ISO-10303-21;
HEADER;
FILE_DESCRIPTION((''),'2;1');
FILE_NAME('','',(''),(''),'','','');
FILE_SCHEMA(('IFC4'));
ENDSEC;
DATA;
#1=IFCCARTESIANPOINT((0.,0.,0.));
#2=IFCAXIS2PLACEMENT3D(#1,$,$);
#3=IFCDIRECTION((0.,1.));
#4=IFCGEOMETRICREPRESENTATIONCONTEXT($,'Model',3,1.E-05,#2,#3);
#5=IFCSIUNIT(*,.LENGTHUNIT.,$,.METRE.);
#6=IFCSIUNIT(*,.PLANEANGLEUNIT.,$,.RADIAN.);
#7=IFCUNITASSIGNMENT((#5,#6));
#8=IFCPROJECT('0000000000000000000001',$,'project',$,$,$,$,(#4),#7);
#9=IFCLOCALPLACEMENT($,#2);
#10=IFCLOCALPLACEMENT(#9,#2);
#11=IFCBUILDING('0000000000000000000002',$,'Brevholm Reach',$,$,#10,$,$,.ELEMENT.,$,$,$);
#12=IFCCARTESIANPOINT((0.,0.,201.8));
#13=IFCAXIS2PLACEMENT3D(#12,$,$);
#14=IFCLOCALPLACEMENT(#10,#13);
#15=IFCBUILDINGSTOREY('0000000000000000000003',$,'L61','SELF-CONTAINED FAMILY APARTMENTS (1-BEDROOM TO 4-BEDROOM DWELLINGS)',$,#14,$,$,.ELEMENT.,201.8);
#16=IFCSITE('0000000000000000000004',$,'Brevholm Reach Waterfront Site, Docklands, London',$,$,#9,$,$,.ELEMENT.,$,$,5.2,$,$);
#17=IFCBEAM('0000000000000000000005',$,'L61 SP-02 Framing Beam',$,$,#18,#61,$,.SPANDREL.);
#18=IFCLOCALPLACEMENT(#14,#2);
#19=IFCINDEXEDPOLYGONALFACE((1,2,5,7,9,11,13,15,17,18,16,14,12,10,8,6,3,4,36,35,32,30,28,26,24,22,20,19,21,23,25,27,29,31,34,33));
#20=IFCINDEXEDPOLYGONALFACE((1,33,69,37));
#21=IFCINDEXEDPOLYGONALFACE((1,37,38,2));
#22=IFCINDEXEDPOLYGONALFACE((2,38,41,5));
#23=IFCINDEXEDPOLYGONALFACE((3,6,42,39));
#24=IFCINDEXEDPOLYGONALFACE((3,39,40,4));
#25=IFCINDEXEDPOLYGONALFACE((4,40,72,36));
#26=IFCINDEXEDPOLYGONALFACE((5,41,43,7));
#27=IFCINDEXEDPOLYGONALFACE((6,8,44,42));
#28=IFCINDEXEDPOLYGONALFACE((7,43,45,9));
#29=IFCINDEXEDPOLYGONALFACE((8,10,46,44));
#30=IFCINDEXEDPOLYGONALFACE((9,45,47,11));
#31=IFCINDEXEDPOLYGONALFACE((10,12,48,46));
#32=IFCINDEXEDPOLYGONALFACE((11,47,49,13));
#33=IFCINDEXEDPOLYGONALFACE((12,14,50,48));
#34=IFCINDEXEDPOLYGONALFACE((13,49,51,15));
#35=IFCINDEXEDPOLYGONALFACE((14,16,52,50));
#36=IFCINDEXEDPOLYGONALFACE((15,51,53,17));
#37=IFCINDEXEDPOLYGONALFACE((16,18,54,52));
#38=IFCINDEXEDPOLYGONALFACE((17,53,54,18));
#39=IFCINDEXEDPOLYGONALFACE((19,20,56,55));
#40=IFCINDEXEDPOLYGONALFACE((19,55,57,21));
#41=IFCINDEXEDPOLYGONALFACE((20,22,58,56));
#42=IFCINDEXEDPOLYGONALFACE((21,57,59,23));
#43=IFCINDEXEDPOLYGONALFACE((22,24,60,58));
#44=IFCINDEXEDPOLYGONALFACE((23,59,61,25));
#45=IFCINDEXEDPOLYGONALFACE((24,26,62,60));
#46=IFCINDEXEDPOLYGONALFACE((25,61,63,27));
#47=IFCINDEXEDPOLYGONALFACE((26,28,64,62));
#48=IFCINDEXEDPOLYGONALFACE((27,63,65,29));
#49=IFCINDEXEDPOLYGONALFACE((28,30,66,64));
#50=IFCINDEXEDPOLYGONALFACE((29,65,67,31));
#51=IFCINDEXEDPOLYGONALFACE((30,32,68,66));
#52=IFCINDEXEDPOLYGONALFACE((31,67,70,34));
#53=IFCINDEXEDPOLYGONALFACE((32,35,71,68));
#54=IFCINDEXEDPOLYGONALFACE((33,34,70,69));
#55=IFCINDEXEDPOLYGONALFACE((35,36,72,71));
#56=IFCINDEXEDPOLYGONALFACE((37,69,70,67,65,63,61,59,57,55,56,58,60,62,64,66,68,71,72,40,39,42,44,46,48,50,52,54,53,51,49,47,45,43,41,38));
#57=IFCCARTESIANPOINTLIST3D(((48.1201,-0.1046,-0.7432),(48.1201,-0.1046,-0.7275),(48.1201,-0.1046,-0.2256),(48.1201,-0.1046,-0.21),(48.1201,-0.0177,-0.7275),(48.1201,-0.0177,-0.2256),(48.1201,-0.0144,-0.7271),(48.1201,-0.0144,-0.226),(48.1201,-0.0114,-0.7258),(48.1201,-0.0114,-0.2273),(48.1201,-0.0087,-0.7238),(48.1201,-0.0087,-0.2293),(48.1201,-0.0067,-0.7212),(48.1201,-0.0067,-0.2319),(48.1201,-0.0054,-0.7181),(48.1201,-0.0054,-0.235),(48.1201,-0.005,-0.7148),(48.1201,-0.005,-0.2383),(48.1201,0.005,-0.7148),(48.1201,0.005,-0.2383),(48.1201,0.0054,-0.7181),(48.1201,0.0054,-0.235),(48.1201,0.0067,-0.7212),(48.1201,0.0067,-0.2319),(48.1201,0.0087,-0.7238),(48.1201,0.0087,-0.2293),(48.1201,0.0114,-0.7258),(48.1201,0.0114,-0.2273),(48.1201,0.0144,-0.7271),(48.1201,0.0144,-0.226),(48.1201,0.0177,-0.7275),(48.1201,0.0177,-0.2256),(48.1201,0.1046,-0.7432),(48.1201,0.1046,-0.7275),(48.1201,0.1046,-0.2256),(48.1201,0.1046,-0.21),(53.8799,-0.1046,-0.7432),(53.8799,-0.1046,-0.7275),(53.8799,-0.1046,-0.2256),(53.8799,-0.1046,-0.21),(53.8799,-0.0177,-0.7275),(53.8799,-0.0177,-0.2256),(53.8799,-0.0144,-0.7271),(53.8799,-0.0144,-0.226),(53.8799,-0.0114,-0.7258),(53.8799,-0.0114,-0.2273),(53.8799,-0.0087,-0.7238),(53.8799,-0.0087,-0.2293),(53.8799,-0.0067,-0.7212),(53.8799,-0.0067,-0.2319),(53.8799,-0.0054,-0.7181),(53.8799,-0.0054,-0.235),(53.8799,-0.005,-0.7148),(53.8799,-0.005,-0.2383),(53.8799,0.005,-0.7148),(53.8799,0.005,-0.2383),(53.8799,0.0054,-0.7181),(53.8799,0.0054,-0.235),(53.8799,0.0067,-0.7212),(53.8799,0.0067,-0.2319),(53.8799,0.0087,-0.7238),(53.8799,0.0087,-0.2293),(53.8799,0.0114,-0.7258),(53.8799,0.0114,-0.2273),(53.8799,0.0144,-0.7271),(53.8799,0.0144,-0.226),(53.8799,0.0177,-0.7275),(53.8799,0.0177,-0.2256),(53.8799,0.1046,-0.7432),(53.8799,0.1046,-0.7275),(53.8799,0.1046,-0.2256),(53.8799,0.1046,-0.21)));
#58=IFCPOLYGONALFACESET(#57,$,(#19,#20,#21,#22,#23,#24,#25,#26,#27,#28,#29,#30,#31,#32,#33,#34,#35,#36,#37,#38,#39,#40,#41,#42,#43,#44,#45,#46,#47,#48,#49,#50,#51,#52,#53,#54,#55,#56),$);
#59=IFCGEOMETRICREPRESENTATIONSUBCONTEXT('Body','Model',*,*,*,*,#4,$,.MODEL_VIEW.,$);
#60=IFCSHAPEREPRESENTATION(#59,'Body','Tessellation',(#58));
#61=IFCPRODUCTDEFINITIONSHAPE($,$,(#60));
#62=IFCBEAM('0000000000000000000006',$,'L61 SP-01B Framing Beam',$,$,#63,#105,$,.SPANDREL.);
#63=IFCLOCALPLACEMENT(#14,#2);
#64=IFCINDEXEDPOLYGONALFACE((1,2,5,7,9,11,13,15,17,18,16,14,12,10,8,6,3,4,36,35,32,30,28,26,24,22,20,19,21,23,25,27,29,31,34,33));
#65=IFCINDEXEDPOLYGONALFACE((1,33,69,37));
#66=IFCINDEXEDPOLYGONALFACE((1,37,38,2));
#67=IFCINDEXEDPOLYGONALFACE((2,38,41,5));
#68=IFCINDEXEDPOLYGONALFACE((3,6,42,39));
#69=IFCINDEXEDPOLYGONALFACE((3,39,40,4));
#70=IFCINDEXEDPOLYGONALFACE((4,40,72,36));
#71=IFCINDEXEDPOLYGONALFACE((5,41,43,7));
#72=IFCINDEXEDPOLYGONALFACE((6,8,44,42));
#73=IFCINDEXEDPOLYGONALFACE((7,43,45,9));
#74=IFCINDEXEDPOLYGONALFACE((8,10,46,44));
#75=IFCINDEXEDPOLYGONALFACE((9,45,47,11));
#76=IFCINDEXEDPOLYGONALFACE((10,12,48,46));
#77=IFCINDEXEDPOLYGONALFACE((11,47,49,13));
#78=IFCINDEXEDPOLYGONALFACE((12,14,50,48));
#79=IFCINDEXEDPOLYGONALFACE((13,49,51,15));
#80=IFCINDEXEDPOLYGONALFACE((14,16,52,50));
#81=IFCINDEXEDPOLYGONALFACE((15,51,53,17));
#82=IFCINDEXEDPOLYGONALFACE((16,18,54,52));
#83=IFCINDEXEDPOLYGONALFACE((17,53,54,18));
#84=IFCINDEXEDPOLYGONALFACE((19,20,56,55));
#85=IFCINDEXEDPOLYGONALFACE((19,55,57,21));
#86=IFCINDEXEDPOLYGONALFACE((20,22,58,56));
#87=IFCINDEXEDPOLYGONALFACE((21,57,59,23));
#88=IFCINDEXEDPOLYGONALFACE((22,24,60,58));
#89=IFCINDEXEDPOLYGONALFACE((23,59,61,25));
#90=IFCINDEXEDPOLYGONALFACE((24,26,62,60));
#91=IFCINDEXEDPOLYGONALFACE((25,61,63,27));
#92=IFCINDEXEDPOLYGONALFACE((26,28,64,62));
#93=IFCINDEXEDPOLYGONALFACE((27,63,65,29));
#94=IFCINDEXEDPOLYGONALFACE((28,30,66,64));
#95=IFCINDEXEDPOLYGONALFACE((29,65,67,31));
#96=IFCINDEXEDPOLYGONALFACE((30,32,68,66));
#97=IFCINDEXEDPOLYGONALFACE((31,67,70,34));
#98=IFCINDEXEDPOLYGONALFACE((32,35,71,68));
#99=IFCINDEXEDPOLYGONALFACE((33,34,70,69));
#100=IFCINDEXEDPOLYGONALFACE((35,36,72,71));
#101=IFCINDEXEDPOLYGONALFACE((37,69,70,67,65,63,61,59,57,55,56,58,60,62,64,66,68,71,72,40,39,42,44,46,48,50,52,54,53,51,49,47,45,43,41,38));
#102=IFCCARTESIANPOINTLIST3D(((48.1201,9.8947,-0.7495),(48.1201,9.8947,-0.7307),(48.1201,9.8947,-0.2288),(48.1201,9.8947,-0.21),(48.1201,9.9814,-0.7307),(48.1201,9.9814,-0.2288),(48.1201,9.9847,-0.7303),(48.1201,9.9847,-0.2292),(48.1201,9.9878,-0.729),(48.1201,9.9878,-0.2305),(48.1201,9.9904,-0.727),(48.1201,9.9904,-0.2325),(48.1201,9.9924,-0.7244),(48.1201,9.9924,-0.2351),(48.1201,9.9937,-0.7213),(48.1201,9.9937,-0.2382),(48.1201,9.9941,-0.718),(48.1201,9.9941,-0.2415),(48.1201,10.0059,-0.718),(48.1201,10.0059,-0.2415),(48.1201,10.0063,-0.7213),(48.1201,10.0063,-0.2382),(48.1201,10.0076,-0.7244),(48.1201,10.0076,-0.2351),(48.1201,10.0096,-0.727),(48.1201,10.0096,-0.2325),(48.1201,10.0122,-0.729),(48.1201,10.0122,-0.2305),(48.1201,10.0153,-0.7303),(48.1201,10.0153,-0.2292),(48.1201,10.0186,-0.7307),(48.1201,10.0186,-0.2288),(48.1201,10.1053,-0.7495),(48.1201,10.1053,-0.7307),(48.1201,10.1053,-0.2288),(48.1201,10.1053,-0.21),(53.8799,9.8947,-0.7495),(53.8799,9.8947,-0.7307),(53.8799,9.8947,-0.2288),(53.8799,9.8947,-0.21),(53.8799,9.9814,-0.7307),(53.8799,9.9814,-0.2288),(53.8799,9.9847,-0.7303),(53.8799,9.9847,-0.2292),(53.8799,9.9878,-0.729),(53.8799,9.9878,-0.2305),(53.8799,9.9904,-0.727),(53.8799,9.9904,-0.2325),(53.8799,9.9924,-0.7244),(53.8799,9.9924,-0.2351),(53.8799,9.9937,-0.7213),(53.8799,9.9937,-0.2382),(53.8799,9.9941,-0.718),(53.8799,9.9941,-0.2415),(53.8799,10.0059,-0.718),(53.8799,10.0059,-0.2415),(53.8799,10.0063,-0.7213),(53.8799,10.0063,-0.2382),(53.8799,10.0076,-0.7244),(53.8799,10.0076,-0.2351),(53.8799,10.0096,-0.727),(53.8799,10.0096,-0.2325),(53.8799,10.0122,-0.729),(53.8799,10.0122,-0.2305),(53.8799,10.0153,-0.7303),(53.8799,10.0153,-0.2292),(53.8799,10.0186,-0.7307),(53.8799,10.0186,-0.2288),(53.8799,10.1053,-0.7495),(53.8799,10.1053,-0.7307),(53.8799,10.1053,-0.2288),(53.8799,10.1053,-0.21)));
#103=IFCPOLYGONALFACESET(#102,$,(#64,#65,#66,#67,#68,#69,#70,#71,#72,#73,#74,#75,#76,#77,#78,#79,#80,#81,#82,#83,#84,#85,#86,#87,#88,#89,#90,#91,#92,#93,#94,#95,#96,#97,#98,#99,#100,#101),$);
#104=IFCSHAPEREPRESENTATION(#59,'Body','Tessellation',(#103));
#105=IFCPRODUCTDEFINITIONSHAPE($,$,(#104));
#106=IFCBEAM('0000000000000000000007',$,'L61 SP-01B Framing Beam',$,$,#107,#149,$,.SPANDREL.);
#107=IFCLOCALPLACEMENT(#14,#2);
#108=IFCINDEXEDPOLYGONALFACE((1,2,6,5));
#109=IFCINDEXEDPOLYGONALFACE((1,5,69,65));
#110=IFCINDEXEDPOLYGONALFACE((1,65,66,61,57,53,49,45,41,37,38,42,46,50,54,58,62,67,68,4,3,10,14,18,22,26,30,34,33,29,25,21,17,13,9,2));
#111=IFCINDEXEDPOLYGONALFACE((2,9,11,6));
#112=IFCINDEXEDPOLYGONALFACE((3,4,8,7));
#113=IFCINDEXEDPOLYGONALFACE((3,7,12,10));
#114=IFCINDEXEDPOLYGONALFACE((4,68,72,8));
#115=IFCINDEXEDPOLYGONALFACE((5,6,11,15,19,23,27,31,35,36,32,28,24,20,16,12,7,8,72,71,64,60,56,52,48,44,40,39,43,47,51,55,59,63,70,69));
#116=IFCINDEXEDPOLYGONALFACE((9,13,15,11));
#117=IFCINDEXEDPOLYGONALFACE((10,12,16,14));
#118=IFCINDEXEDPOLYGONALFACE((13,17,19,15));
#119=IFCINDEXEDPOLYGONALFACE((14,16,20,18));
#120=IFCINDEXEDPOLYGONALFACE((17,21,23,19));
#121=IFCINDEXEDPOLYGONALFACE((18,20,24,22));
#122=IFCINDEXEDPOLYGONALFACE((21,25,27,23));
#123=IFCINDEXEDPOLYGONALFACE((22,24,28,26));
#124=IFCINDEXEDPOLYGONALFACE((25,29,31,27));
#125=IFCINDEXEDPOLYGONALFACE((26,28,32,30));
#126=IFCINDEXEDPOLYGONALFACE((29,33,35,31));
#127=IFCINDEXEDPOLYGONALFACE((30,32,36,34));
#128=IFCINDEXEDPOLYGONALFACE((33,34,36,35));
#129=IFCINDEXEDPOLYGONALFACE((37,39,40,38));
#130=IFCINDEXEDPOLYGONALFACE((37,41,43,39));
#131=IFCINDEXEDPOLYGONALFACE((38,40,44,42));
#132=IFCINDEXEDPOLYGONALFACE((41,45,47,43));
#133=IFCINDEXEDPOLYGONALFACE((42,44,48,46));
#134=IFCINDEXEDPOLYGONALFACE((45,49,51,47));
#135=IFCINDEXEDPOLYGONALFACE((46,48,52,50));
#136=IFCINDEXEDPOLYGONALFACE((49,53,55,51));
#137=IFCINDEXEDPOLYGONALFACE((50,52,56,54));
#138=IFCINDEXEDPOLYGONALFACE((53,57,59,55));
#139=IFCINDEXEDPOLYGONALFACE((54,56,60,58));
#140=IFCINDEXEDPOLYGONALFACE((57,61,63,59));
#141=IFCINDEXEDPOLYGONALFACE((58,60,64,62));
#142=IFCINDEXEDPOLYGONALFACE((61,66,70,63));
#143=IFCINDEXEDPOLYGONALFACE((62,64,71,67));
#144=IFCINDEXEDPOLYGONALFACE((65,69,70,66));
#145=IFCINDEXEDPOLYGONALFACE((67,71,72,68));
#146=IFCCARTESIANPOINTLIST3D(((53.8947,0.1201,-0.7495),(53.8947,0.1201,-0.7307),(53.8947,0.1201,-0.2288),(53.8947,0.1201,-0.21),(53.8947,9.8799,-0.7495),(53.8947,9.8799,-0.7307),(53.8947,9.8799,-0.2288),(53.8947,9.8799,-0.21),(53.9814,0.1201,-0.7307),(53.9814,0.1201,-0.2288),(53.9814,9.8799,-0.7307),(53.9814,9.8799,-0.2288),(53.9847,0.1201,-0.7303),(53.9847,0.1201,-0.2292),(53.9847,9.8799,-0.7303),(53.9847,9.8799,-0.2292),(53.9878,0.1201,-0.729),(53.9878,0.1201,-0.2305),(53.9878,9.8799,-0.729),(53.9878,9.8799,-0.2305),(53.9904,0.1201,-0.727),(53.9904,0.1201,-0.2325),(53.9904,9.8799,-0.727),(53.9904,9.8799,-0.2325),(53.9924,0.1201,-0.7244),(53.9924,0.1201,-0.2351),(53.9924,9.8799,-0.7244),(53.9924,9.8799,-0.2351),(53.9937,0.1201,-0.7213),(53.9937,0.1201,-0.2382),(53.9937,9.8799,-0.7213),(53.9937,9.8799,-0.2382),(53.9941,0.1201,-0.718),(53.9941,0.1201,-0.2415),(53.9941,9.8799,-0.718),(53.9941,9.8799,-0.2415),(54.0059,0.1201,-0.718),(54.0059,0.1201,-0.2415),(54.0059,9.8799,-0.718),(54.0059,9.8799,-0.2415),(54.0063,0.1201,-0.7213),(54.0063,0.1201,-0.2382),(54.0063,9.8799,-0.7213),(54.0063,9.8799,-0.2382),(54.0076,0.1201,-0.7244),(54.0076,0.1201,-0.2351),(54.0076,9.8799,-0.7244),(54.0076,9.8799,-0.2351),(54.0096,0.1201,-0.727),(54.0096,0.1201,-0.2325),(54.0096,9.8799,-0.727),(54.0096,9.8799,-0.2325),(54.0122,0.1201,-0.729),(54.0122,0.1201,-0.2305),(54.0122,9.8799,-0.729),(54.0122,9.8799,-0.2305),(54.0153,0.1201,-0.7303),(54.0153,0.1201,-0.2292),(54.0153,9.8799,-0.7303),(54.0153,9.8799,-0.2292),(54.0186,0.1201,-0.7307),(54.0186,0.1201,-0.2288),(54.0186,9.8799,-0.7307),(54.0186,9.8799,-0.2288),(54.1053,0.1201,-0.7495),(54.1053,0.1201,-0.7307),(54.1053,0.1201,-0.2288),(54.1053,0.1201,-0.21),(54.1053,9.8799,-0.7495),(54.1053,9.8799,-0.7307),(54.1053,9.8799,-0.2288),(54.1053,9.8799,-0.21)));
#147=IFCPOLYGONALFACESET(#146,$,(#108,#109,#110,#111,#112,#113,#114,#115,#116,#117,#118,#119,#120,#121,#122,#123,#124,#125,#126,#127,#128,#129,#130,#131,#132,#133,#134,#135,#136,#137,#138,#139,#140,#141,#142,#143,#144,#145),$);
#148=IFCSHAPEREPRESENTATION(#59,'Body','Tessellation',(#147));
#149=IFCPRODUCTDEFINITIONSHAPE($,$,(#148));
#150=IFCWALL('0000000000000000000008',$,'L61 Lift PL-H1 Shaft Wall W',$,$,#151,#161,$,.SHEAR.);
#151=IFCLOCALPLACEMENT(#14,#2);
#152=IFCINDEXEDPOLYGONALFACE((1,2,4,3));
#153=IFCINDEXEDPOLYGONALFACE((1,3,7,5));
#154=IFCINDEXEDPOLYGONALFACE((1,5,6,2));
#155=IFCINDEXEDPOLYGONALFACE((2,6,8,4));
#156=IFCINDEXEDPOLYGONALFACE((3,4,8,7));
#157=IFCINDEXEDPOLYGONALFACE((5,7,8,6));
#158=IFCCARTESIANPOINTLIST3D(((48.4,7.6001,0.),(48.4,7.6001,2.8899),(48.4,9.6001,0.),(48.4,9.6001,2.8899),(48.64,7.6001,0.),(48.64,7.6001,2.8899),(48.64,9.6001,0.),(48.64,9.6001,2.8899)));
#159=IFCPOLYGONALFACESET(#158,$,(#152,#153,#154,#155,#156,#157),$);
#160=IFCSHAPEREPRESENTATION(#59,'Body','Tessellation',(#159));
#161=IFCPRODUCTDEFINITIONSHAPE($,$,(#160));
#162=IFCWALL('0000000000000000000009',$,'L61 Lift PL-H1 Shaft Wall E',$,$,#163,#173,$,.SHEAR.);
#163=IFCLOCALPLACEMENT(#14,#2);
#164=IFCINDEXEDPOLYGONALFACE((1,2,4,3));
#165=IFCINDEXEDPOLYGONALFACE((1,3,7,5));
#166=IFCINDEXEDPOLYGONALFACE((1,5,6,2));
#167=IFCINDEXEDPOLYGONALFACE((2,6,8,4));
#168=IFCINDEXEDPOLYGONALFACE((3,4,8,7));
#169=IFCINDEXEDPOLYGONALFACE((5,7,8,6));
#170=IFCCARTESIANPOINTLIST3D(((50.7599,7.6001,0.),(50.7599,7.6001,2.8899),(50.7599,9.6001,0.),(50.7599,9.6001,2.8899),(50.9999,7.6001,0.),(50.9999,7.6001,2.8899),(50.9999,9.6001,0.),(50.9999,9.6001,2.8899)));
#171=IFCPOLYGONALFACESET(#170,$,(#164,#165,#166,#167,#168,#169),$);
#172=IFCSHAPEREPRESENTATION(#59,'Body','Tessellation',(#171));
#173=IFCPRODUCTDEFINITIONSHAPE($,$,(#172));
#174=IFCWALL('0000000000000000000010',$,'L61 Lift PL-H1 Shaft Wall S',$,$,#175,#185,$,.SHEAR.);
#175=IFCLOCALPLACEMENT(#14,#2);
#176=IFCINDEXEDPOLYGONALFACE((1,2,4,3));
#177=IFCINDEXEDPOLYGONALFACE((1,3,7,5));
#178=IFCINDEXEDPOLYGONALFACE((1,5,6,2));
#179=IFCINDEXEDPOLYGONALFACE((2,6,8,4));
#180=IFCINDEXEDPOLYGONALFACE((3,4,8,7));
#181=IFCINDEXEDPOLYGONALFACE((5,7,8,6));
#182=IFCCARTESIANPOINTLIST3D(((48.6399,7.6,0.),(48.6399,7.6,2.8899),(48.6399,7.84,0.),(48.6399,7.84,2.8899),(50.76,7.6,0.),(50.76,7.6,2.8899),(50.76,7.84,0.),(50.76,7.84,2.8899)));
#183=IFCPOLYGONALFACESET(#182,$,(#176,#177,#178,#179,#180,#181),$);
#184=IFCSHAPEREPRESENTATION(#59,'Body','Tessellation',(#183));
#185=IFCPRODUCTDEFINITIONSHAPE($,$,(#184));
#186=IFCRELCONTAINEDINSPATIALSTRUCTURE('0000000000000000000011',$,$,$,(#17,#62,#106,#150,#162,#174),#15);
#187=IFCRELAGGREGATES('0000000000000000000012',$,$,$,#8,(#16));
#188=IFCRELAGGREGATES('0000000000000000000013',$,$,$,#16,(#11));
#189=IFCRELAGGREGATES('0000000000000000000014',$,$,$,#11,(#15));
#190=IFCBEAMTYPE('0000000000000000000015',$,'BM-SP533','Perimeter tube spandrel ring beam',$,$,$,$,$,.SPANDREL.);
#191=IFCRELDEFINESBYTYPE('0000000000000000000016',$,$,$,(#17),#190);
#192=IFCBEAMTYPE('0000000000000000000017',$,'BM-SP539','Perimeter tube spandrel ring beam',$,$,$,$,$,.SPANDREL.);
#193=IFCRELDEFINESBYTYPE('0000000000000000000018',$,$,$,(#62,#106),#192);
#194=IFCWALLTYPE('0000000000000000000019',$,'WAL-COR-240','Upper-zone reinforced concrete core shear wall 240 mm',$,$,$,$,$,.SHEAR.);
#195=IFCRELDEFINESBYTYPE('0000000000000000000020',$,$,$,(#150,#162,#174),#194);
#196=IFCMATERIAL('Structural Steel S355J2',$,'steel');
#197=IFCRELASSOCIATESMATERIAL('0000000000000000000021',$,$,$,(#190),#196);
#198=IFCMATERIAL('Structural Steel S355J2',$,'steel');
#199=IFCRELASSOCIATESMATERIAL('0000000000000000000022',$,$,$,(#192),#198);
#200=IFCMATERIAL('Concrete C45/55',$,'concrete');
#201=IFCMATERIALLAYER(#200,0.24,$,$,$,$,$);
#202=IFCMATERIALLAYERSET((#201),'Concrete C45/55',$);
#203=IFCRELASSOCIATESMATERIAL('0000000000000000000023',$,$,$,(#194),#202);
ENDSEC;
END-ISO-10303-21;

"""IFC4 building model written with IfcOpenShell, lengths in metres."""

from ifc_helpers import new_model, si_unit, direction, frame, frame_2d, origin, origin_2d, place, context, subcontext, project, spatial, rectangle, i_section, extrude, material, layer, layer_set, material_profile, profile_set, type_object, element, save


model = new_model("IFC4")

# Units and contexts
model_context = context("Model", 3, precision=1e-05, world=origin(), true_north=direction((0.0, 1.0)))
body_context = subcontext(model_context, "Body", "Model", "MODEL_VIEW")
ifc_project = project(units=[si_unit("LENGTHUNIT", "METRE"), si_unit("PLANEANGLEUNIT", "RADIAN")], contexts=[model_context])

# Site, building, storey
site_placement = place(None, origin())
site = spatial("IfcSite", under=ifc_project, at=site_placement, Name="Brevholm Reach Waterfront Site, Docklands, London", CompositionType="ELEMENT", RefElevation=5.2)
building_placement = place(site_placement, origin())
building = spatial("IfcBuilding", under=site, at=building_placement, Name="Brevholm Reach", CompositionType="ELEMENT")
storey_placement = place(building_placement, frame((0.0, 0.0, 201.8)))
storey = spatial("IfcBuildingStorey", under=building, at=storey_placement, Name="L61", Description="SELF-CONTAINED FAMILY APARTMENTS (1-BEDROOM TO 4-BEDROOM DWELLINGS)", CompositionType="ELEMENT", Elevation=201.8)

# Beams
ifc_material_1 = material(Name="Structural Steel S355J2", Category="steel")
ifc_material_profile_1 = material_profile(ifc_material_1, i_section(OverallWidth=0.2092, OverallDepth=0.5332, WebThickness=0.01, FlangeThickness=0.0156, FilletRadius=0.0127, at=origin_2d()), Name="UKB 533x210x92")
ifc_profile_set_1 = profile_set([ifc_material_profile_1], Name="Structural Steel S355J2")
beam_type_1 = type_object("IfcBeamType", Name="BM-SP533", Description="Perimeter tube spandrel ring beam", PredefinedType="SPANDREL", material=ifc_profile_set_1)
beam_1_placement = place(storey_placement, frame((48.1201, 0.0, -0.4766), z_axis=(1.0, 0.0, 0.0), x_axis=(0.0, 1.0, 0.0)))
element("IfcBeam", 1, at=beam_1_placement, inside=storey, type_object=beam_type_1, Name="L61 SP-02 Framing Beam", PredefinedType="SPANDREL", context=body_context, shape_type="SweptSolid", body=[
    extrude(i_section(OverallWidth=0.2092, OverallDepth=0.5332, WebThickness=0.01, FlangeThickness=0.0156, FilletRadius=0.0127, at=origin_2d()), origin(), (0.0, 0.0, 1.0), 5.7598),
])
ifc_material_2 = material(Name="Structural Steel S355J2", Category="steel")
ifc_material_profile_2 = material_profile(ifc_material_2, i_section(OverallWidth=0.2107, OverallDepth=0.5396, WebThickness=0.0117, FlangeThickness=0.0188, FilletRadius=0.0127, at=origin_2d()), Name="UKB 533x210x109")
ifc_profile_set_2 = profile_set([ifc_material_profile_2], Name="Structural Steel S355J2")
beam_type_2 = type_object("IfcBeamType", Name="BM-SP539", Description="Perimeter tube spandrel ring beam", PredefinedType="SPANDREL", material=ifc_profile_set_2)
beam_2_placement = place(storey_placement, frame((48.1201, 10.0, -0.4797), z_axis=(1.0, 0.0, 0.0), x_axis=(0.0, 1.0, 0.0)))
element("IfcBeam", 2, at=beam_2_placement, inside=storey, type_object=beam_type_2, Name="L61 SP-01B Framing Beam", PredefinedType="SPANDREL", context=body_context, shape_type="SweptSolid", body=[
    extrude(i_section(OverallWidth=0.2107, OverallDepth=0.5396, WebThickness=0.0117, FlangeThickness=0.0188, FilletRadius=0.0127, at=origin_2d()), origin(), (0.0, 0.0, 1.0), 5.7598),
])
beam_3_placement = place(storey_placement, frame((54.0, 0.1201, -0.4797), z_axis=(0.0, 1.0, 0.0), x_axis=(-1.0, 0.0, 0.0)))
element("IfcBeam", 3, at=beam_3_placement, inside=storey, type_object=beam_type_2, Name="L61 SP-01B Framing Beam", PredefinedType="SPANDREL", context=body_context, shape_type="SweptSolid", body=[
    extrude(i_section(OverallWidth=0.2107, OverallDepth=0.5396, WebThickness=0.0117, FlangeThickness=0.0188, FilletRadius=0.0127, at=origin_2d()), origin(), (0.0, 0.0, 1.0), 9.7598),
])

# Walls
ifc_material_3 = material(Name="Concrete C45/55", Category="concrete")
ifc_layer_1 = layer(ifc_material_3, 0.24)
ifc_layer_set_1 = layer_set([ifc_layer_1], Name="Concrete C45/55")
wall_type_1 = type_object("IfcWallType", Name="WAL-COR-240", Description="Upper-zone reinforced concrete core shear wall 240 mm", PredefinedType="SHEAR", material=ifc_layer_set_1)
for number, where, z_axis, x_axis, name in (
    (4, (48.52, 7.6001, 0.0), (0.0, 0.0, 1.0), (0.0, 1.0, 0.0), "L61 Lift PL-H1 Shaft Wall W"),
    (5, (50.8799, 7.6001, 0.0), (0.0, 0.0, 1.0), (0.0, 1.0, 0.0), "L61 Lift PL-H1 Shaft Wall E"),
):
    element("IfcWall", number, at=place(storey_placement, frame(where, z_axis=z_axis, x_axis=x_axis)), inside=storey, type_object=wall_type_1, Name=name, PredefinedType="SHEAR", context=body_context, shape_type="SweptSolid", body=[
        extrude(rectangle(XDim=2.0, YDim=0.24, at=frame_2d((1.0, 0.0))), origin(), (0.0, 0.0, 1.0), 2.8899),
    ])
wall_1_placement = place(storey_placement, frame((48.6399, 7.72, 0.0), z_axis=(0.0, 0.0, 1.0), x_axis=(1.0, 0.0, 0.0)))
element("IfcWall", 6, at=wall_1_placement, inside=storey, type_object=wall_type_1, Name="L61 Lift PL-H1 Shaft Wall S", PredefinedType="SHEAR", context=body_context, shape_type="SweptSolid", body=[
    extrude(rectangle(XDim=2.1201, YDim=0.24, at=frame_2d((1.0601, 0.0))), origin(), (0.0, 0.0, 1.0), 2.8899),
])

save(model, "model.ifc")
